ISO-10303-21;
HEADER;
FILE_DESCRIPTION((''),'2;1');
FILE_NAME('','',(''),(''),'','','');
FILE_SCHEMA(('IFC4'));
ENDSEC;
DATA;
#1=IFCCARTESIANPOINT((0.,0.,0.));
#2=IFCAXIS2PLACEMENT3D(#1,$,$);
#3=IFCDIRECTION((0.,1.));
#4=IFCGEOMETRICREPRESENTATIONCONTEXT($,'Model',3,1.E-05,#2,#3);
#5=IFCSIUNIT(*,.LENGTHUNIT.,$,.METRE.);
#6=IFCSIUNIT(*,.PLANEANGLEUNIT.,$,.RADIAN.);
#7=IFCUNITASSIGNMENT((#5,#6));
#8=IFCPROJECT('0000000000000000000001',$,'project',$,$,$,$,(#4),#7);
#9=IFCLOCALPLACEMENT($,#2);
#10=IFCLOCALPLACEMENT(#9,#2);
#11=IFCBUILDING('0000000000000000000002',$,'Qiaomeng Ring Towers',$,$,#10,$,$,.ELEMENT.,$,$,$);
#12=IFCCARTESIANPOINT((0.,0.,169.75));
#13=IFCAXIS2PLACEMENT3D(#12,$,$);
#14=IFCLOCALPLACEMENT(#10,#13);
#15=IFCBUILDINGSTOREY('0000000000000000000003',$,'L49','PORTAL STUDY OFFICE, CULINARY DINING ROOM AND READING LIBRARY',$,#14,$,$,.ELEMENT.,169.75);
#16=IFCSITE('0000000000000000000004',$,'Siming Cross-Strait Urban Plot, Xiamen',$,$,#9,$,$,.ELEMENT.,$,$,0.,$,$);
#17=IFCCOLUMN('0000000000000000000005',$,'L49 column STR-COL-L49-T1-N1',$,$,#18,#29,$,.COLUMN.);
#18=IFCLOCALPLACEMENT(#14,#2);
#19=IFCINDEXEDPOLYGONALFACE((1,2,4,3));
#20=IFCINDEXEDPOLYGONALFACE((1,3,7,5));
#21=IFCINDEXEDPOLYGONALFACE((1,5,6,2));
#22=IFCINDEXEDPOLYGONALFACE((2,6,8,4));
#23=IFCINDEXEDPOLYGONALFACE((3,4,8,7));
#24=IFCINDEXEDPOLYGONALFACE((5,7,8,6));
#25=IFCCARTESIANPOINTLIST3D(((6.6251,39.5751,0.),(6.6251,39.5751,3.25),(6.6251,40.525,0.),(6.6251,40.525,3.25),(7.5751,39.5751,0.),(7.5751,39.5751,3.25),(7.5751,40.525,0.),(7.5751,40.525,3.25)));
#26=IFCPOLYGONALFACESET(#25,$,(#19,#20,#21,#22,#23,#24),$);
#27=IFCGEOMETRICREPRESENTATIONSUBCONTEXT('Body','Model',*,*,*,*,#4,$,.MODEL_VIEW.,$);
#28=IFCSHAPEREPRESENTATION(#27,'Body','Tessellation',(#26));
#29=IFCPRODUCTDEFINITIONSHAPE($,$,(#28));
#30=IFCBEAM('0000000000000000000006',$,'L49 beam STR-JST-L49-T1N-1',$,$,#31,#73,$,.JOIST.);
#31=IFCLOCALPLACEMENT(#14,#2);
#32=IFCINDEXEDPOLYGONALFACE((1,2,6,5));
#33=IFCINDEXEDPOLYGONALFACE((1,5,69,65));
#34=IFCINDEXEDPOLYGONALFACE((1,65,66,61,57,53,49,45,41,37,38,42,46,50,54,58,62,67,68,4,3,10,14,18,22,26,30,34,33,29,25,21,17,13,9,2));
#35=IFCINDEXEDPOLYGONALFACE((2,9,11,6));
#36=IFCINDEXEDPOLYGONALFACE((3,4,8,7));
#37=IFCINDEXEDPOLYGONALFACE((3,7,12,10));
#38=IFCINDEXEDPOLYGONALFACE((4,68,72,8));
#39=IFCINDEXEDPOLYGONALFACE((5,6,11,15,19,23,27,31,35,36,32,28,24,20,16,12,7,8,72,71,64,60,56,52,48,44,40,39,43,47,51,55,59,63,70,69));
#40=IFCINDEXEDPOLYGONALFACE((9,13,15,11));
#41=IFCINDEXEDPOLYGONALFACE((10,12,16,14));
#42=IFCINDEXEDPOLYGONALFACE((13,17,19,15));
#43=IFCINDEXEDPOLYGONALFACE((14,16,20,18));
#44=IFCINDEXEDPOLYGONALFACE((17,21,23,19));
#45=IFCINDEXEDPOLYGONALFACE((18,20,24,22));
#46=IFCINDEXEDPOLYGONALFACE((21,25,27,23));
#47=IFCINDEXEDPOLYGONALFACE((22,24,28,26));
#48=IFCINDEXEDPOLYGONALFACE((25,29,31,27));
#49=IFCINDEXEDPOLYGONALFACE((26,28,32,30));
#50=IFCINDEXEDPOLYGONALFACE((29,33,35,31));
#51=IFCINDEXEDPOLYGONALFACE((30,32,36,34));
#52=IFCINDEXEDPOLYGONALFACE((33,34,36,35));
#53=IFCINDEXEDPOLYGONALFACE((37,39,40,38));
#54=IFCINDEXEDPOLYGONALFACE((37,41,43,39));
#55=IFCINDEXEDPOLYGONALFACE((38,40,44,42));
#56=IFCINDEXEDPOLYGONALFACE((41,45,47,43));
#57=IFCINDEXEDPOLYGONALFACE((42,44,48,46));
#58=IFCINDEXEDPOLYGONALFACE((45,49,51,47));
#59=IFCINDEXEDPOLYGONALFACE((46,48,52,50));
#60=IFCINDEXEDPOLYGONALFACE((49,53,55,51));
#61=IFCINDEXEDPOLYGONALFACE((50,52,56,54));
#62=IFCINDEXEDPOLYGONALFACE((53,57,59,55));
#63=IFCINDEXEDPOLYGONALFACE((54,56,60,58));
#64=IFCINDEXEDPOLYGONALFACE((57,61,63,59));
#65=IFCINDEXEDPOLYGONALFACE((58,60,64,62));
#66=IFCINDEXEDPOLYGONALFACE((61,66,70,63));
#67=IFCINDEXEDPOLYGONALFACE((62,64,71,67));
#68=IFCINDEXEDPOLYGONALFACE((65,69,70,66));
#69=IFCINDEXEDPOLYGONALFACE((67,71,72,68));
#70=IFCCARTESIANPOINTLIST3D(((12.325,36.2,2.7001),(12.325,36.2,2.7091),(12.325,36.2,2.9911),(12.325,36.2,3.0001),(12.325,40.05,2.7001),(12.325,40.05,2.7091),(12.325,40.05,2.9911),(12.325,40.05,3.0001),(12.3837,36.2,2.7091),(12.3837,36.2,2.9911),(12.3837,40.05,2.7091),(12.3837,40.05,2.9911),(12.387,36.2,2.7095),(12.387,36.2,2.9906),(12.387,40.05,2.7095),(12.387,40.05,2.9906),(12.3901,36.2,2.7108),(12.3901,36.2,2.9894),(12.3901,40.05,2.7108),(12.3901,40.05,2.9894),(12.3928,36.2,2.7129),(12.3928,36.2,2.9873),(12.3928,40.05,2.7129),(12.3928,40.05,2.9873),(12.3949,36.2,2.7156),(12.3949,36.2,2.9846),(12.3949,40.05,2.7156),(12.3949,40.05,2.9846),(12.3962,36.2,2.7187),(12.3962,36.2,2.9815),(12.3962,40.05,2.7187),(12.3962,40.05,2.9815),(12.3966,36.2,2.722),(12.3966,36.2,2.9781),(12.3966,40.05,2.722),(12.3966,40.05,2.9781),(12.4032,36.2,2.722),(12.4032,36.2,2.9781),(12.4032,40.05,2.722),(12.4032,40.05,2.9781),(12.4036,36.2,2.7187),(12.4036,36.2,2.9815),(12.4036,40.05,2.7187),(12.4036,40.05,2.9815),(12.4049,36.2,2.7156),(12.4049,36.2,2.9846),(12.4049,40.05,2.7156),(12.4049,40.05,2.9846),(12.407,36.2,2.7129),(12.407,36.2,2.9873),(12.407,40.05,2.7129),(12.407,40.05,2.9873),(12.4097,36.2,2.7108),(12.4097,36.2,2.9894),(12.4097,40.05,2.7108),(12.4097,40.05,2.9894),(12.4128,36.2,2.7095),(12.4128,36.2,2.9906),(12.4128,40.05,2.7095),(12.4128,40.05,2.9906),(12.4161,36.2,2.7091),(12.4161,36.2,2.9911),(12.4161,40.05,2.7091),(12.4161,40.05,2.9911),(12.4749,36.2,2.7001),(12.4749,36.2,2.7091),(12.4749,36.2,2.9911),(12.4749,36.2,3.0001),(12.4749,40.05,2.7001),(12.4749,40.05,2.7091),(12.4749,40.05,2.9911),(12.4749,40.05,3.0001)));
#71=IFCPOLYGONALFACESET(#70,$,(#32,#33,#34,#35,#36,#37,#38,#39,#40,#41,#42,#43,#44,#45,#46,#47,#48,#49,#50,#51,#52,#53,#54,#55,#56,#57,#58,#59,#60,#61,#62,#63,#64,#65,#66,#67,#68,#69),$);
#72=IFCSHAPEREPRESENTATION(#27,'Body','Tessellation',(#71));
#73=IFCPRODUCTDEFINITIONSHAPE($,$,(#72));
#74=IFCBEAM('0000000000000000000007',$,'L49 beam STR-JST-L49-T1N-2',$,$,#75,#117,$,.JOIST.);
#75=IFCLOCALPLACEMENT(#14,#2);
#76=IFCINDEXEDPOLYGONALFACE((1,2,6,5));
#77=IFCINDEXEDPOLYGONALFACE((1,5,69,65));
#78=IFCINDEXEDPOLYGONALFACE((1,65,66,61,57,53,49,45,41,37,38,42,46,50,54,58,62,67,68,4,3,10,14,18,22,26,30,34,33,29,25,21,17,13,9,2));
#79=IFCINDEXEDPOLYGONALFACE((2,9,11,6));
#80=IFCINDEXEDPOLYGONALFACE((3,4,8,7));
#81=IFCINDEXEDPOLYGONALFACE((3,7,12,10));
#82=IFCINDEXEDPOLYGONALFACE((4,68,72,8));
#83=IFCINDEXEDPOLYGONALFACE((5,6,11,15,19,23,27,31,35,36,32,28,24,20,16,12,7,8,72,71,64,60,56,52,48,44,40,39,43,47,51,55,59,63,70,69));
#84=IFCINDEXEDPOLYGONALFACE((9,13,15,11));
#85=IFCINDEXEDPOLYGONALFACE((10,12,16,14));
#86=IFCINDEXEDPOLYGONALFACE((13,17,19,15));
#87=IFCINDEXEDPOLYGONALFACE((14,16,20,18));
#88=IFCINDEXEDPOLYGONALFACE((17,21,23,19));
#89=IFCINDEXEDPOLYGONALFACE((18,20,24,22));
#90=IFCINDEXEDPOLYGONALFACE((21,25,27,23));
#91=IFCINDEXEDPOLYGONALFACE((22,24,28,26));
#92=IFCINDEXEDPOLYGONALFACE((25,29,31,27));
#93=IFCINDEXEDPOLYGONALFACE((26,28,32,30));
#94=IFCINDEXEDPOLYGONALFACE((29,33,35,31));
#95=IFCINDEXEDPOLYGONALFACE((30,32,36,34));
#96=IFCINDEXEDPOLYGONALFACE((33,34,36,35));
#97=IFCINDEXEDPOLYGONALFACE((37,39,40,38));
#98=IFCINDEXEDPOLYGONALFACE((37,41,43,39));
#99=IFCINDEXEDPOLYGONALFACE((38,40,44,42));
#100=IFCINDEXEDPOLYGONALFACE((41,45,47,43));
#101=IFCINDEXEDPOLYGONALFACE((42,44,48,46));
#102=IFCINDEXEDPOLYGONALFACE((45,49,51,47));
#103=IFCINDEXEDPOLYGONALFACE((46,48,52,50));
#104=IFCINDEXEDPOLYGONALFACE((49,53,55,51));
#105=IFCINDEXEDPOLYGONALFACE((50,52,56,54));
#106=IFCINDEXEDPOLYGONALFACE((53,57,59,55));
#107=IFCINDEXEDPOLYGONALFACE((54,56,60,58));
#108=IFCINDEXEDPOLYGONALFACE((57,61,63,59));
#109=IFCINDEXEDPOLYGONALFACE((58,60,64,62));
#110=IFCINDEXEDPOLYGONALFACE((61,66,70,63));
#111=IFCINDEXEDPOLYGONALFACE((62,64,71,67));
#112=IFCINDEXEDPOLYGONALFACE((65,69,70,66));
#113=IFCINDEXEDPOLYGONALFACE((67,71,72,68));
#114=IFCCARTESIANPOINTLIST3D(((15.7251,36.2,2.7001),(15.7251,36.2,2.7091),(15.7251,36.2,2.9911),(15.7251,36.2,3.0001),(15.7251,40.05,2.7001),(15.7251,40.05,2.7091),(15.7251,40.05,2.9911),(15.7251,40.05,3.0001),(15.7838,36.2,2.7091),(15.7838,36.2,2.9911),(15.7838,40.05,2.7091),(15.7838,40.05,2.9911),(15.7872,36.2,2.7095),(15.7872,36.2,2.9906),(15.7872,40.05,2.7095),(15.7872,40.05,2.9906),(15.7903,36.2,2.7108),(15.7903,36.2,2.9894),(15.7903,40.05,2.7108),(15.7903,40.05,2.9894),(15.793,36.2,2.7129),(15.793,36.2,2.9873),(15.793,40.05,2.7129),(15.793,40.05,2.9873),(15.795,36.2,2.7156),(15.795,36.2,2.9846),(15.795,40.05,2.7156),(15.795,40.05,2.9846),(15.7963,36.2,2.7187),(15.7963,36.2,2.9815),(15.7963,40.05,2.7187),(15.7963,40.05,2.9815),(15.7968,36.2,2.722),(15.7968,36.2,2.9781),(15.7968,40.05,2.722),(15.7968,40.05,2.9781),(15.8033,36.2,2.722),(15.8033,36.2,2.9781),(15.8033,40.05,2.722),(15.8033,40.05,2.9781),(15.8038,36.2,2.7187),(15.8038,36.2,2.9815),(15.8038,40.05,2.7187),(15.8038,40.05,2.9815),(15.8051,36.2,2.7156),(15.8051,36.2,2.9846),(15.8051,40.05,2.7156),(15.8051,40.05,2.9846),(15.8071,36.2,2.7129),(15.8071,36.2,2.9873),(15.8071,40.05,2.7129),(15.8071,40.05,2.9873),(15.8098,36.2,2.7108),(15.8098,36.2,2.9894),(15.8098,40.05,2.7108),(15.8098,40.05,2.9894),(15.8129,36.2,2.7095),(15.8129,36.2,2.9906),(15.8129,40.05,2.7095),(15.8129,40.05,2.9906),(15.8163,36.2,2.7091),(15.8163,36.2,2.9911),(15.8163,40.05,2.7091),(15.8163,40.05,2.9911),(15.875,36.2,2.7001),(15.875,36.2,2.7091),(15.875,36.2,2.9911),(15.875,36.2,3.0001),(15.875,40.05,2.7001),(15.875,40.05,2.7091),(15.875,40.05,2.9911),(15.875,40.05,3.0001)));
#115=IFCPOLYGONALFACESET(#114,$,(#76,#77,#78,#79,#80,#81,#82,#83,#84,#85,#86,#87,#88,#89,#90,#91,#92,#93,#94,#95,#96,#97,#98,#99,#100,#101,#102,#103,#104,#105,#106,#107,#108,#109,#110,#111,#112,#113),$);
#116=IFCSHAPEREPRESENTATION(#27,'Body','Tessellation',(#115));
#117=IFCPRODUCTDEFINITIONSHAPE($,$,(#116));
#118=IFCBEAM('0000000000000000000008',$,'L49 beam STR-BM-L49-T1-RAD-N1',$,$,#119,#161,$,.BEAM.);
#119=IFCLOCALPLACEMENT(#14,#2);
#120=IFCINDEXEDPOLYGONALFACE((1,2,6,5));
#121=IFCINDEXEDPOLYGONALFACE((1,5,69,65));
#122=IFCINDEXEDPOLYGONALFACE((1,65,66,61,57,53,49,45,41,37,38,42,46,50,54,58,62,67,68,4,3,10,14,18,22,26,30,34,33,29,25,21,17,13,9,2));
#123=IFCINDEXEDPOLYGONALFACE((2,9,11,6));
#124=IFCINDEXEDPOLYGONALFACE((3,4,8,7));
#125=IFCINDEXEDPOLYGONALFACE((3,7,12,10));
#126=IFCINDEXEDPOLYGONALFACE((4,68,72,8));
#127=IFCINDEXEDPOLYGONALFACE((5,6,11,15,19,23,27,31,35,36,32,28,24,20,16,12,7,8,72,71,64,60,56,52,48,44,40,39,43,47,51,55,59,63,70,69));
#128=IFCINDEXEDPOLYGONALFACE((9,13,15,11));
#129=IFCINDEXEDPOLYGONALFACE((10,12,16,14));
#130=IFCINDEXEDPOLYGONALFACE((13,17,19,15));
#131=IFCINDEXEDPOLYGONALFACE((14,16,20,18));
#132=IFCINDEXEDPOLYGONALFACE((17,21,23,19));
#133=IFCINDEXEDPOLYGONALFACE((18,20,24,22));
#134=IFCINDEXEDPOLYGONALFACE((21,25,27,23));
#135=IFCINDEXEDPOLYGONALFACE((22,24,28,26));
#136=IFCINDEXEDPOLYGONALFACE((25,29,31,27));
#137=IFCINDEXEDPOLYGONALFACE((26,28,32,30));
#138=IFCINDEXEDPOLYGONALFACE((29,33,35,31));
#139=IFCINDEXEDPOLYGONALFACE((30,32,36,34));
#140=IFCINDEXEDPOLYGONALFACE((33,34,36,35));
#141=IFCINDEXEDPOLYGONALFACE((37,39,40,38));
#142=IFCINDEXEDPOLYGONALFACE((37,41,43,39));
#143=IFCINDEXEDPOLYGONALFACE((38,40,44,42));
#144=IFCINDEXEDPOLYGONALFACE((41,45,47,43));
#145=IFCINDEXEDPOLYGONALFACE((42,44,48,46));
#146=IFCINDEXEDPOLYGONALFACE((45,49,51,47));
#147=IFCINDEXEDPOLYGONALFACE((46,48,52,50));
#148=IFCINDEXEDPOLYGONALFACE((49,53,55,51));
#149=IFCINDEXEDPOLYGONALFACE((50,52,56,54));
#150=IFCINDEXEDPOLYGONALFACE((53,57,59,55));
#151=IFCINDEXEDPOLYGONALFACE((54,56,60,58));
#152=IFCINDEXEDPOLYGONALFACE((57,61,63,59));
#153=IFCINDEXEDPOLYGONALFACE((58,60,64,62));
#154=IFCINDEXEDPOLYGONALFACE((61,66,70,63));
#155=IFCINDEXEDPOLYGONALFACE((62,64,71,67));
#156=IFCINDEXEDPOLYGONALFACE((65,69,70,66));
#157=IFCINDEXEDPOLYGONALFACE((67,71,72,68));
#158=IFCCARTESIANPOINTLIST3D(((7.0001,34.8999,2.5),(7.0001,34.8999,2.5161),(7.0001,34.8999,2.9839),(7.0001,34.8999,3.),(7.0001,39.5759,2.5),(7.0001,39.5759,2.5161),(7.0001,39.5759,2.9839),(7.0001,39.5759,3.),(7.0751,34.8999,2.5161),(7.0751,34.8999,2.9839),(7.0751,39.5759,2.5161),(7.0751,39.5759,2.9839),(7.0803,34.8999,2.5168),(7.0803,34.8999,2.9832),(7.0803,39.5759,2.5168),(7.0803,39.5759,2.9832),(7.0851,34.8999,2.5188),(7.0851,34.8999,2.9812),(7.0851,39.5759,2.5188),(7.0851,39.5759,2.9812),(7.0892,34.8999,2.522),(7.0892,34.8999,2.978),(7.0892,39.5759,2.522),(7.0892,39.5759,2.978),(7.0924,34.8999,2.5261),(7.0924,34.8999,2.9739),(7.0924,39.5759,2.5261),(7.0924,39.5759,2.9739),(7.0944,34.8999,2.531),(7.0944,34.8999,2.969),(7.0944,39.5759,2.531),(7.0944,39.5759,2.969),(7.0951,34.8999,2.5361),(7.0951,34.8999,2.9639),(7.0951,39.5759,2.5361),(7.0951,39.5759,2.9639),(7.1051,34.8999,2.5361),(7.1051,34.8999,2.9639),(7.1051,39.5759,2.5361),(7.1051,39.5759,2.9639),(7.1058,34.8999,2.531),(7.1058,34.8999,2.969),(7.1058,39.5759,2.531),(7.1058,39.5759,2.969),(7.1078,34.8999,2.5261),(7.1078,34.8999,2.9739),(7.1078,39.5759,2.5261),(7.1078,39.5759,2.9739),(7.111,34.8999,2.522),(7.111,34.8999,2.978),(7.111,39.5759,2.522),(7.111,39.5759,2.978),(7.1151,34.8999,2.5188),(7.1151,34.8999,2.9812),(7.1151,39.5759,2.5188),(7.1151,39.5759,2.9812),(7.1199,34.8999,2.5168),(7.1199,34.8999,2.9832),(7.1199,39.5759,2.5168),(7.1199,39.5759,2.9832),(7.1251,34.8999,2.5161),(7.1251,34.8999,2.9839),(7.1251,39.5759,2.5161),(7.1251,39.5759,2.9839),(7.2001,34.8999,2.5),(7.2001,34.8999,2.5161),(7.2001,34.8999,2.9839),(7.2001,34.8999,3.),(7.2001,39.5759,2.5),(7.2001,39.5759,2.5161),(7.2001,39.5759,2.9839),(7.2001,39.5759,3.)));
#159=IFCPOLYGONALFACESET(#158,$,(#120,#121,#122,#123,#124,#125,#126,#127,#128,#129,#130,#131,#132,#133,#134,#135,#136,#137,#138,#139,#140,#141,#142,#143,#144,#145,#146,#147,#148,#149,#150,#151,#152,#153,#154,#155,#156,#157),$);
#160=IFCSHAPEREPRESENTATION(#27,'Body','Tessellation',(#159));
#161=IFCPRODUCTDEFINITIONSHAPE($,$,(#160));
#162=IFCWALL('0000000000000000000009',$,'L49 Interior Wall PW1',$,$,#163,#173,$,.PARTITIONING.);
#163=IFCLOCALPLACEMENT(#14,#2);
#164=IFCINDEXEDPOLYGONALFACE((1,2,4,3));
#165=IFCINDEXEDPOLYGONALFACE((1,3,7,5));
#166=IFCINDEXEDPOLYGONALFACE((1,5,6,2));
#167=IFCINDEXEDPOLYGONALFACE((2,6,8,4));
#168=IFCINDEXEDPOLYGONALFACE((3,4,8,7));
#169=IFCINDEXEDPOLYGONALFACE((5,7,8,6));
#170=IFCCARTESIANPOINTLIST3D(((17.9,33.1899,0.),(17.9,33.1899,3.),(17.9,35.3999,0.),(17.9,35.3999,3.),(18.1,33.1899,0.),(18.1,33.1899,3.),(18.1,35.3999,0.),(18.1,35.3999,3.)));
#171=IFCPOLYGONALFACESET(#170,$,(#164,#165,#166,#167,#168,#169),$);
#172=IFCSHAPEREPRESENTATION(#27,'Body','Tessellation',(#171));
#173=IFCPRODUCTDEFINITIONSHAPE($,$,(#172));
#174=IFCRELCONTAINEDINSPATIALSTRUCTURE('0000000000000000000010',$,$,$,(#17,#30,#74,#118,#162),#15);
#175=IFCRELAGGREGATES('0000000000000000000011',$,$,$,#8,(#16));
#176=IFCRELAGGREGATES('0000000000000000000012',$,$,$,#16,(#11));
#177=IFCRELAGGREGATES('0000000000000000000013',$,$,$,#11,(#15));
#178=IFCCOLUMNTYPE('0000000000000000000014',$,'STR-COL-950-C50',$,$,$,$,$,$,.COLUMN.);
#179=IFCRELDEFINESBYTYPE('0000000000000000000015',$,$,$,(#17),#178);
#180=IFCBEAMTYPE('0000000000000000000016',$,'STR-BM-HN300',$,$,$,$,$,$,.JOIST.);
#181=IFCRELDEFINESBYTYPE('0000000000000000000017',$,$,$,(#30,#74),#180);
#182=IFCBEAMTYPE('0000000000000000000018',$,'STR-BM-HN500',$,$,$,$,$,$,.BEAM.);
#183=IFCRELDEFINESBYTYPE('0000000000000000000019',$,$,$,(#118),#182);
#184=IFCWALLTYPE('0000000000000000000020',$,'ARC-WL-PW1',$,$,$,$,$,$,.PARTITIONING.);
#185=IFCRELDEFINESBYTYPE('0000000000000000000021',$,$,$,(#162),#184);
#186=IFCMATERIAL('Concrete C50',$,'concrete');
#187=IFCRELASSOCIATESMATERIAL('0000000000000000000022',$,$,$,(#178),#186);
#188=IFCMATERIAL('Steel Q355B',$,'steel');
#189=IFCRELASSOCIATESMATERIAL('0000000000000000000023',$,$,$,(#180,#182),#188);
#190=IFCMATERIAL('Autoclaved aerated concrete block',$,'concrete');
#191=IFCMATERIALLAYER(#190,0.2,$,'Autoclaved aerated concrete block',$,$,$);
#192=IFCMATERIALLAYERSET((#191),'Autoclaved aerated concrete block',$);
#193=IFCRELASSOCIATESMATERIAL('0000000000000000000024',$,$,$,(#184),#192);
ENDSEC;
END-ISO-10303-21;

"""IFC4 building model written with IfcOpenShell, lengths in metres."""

from ifc_helpers import new_model, si_unit, direction, frame, frame_2d, origin, origin_2d, place, context, subcontext, project, spatial, rectangle, i_section, extrude, source, transform, mapped, material, layer, layer_set, material_profile, profile_set, type_object, element, save


model = new_model("IFC4")

# Units and contexts
model_context = context("Model", 3, precision=1e-05, world=origin(), true_north=direction((0.0, 1.0)))
body_context = subcontext(model_context, "Body", "Model", "MODEL_VIEW")
ifc_project = project(units=[si_unit("LENGTHUNIT", "METRE"), si_unit("PLANEANGLEUNIT", "RADIAN")], contexts=[model_context])

# Site, building, storey
site_placement = place(None, origin())
site = spatial("IfcSite", under=ifc_project, at=site_placement, Name="Siming Cross-Strait Urban Plot, Xiamen", CompositionType="ELEMENT", RefElevation=0.0)
building_placement = place(site_placement, origin())
building = spatial("IfcBuilding", under=site, at=building_placement, Name="Qiaomeng Ring Towers", CompositionType="ELEMENT")
storey_placement = place(building_placement, frame((0.0, 0.0, 169.75)))
storey = spatial("IfcBuildingStorey", under=building, at=storey_placement, Name="L49", Description="PORTAL STUDY OFFICE, CULINARY DINING ROOM AND READING LIBRARY", CompositionType="ELEMENT", Elevation=169.75)

# Column
ifc_material_1 = material(Name="Concrete C50", Category="concrete")
ifc_material_profile_1 = material_profile(ifc_material_1, rectangle(XDim=0.95, YDim=0.95, at=origin_2d()), Name="RC COL 950x950")
ifc_profile_set_1 = profile_set([ifc_material_profile_1], Name="Concrete C50")
column_type = type_object("IfcColumnType", Name="STR-COL-950-C50", PredefinedType="COLUMN", material=ifc_profile_set_1)
shared_shape_1 = source(origin(), body_context, "Body", "SweptSolid", [
    extrude(rectangle(XDim=0.95, YDim=0.95, at=origin_2d()), origin(), (0.0, 0.0, 1.0), 3.25),
])
column_placement = place(storey_placement, frame((7.1001, 40.05, 0.0), z_axis=(0.0, 0.0, 1.0), x_axis=(1.0, 0.0, 0.0)))
element("IfcColumn", 1, at=column_placement, inside=storey, type_object=column_type, Name="L49 column STR-COL-L49-T1-N1", PredefinedType="COLUMN", context=body_context, shape_type="MappedRepresentation", body=[
    mapped(shared_shape_1, transform((0.0, 0.0, 0.0), x_axis=(1.0, 0.0, 0.0), y_axis=(0.0, 1.0, 0.0), z_axis=(0.0, 0.0, 1.0), scale=1.0)),
])

# Beams
ifc_material_2 = material(Name="Steel Q355B", Category="steel")
ifc_material_profile_2 = material_profile(ifc_material_2, i_section(OverallWidth=0.1499, OverallDepth=0.3, WebThickness=0.0066, FlangeThickness=0.009, FilletRadius=0.0129, at=origin_2d()), Name="HN 300x150x6.5x9")
ifc_profile_set_2 = profile_set([ifc_material_profile_2], Name="Steel Q355B")
beam_type_1 = type_object("IfcBeamType", Name="STR-BM-HN300", PredefinedType="JOIST", material=ifc_profile_set_2)
shared_shape_2 = source(origin(), body_context, "Body", "SweptSolid", [
    extrude(i_section(OverallWidth=0.1499, OverallDepth=0.3, WebThickness=0.0066, FlangeThickness=0.009, FilletRadius=0.0129, at=origin_2d()), origin(), (0.0, 0.0, 1.0), 3.8501),
])
for number, where, z_axis, x_axis, name in (
    (2, (12.3999, 36.2, 2.8501), (0.0, 1.0, 0.0), (-1.0, 0.0, 0.0), "L49 beam STR-JST-L49-T1N-1"),
    (3, (15.8, 36.2, 2.8501), (0.0, 1.0, 0.0), (-1.0, 0.0, 0.0), "L49 beam STR-JST-L49-T1N-2"),
):
    element("IfcBeam", number, at=place(storey_placement, frame(where, z_axis=z_axis, x_axis=x_axis)), inside=storey, type_object=beam_type_1, Name=name, PredefinedType="JOIST", context=body_context, shape_type="MappedRepresentation", body=[
        mapped(shared_shape_2, transform((0.0, 0.0, 0.0), x_axis=(1.0, 0.0, 0.0), y_axis=(0.0, 1.0, 0.0), z_axis=(0.0, 0.0, 1.0), scale=1.0)),
    ])
ifc_material_profile_3 = material_profile(ifc_material_2, i_section(OverallWidth=0.2, OverallDepth=0.5, WebThickness=0.01, FlangeThickness=0.0161, FilletRadius=0.02, at=origin_2d()), Name="HN 500x200x10x16")
ifc_profile_set_3 = profile_set([ifc_material_profile_3], Name="Steel Q355B")
beam_type_2 = type_object("IfcBeamType", Name="STR-BM-HN500", PredefinedType="BEAM", material=ifc_profile_set_3)
shared_shape_3 = source(origin(), body_context, "Body", "SweptSolid", [
    extrude(i_section(OverallWidth=0.2, OverallDepth=0.5, WebThickness=0.01, FlangeThickness=0.0161, FilletRadius=0.02, at=origin_2d()), origin(), (0.0, 0.0, 1.0), 4.676),
])
beam_placement = place(storey_placement, frame((7.1001, 39.5759, 2.75), z_axis=(0.0, -1.0, 0.0), x_axis=(1.0, 0.0, 0.0)))
element("IfcBeam", 4, at=beam_placement, inside=storey, type_object=beam_type_2, Name="L49 beam STR-BM-L49-T1-RAD-N1", PredefinedType="BEAM", context=body_context, shape_type="MappedRepresentation", body=[
    mapped(shared_shape_3, transform((0.0, 0.0, 0.0), x_axis=(1.0, 0.0, 0.0), y_axis=(0.0, 1.0, 0.0), z_axis=(0.0, 0.0, 1.0), scale=1.0)),
])

# Wall
ifc_material_3 = material(Name="Autoclaved aerated concrete block", Category="concrete")
ifc_layer_1 = layer(ifc_material_3, 0.2, Name="Autoclaved aerated concrete block")
ifc_layer_set_1 = layer_set([ifc_layer_1], Name="Autoclaved aerated concrete block")
wall_type_1 = type_object("IfcWallType", Name="ARC-WL-PW1", PredefinedType="PARTITIONING", material=ifc_layer_set_1)
wall_1_placement = place(storey_placement, frame((18.0, 33.1899, 0.0), z_axis=(0.0, 0.0, 1.0), x_axis=(0.0, 1.0, 0.0)))
element("IfcWall", 5, at=wall_1_placement, inside=storey, type_object=wall_type_1, Name="L49 Interior Wall PW1", PredefinedType="PARTITIONING", context=body_context, shape_type="SweptSolid", body=[
    extrude(rectangle(XDim=2.21, YDim=0.2, at=frame_2d((1.105, 0.0))), origin(), (0.0, 0.0, 1.0), 3.0),
])

save(model, "model.ifc")
